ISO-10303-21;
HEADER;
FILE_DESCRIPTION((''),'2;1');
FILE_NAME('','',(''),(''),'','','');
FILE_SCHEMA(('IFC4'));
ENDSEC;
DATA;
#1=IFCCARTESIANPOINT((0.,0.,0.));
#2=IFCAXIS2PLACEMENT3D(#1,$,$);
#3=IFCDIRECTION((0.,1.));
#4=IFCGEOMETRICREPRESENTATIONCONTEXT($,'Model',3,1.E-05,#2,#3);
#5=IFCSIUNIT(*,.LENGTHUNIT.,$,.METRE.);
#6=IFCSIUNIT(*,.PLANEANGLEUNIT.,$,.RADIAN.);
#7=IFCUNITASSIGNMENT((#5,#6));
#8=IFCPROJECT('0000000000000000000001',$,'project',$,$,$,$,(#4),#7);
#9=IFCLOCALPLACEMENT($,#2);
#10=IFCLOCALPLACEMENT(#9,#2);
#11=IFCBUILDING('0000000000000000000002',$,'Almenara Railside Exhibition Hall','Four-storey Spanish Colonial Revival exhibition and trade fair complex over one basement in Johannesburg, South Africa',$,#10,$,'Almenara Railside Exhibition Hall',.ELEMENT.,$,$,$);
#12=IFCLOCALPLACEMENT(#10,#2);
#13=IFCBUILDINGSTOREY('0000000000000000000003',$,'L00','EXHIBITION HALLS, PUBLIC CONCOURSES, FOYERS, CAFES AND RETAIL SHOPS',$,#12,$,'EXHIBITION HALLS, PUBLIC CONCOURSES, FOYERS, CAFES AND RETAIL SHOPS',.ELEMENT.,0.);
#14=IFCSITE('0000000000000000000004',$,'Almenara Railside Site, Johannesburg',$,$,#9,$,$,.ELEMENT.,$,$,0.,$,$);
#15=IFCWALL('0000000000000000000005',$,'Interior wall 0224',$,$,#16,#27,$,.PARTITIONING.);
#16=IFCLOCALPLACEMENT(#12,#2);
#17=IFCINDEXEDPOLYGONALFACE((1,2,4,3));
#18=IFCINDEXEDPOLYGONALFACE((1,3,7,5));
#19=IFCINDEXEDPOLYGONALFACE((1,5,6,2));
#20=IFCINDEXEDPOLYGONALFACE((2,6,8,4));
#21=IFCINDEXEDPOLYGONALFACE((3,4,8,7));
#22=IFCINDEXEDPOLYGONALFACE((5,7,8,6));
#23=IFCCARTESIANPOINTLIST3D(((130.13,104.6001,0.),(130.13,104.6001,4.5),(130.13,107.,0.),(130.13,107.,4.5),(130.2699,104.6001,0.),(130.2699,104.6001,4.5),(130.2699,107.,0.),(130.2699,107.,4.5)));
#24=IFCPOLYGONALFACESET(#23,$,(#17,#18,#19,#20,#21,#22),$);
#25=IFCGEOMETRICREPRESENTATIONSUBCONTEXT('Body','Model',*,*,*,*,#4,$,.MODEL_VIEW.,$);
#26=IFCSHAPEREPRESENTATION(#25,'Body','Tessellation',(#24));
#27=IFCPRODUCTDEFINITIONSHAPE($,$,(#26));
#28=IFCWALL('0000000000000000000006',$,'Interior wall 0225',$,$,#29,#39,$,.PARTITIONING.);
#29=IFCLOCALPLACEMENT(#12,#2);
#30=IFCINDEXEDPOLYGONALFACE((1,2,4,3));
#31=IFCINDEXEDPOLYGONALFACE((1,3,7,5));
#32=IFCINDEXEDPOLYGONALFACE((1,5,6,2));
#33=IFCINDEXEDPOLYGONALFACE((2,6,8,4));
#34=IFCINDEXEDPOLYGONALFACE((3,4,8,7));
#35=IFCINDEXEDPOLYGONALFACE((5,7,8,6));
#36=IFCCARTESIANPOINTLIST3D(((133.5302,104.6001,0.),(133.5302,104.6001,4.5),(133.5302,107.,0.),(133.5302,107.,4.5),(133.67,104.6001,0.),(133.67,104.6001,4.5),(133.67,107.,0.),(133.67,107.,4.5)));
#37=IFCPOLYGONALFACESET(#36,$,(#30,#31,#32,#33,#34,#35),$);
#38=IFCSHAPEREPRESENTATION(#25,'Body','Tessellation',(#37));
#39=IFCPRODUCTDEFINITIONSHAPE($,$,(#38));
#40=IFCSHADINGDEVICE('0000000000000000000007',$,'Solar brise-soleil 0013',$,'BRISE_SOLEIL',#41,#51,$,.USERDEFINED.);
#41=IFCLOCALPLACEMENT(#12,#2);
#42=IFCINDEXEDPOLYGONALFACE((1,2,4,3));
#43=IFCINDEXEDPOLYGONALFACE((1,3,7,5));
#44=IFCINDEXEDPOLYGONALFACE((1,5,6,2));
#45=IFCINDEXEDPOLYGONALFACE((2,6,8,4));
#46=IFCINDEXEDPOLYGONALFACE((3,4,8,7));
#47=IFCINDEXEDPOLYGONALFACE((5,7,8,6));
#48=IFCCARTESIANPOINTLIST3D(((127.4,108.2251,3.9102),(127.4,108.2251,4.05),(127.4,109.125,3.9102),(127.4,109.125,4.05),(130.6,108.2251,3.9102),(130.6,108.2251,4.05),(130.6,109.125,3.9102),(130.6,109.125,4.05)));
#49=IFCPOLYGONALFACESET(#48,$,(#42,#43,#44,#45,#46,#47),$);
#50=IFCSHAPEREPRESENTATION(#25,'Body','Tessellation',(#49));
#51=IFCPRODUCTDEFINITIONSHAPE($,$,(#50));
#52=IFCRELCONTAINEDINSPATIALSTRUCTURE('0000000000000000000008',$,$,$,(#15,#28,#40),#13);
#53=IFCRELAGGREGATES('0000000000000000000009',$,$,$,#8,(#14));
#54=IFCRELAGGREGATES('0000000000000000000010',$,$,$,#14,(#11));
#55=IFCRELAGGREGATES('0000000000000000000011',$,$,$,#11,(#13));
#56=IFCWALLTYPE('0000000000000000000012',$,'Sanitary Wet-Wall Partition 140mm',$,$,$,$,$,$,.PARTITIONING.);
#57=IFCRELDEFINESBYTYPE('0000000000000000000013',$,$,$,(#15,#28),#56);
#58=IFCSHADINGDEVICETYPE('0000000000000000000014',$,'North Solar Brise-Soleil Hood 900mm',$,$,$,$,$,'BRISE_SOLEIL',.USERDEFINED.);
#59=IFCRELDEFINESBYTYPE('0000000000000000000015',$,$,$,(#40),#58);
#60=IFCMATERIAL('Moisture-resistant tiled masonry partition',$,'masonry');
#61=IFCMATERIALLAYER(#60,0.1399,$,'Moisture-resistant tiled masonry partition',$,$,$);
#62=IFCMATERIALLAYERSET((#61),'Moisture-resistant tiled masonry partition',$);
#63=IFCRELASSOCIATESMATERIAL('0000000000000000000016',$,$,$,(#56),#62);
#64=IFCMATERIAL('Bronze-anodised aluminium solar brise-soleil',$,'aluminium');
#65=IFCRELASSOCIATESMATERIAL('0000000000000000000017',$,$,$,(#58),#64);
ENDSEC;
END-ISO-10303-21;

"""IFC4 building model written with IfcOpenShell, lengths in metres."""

from ifc_helpers import new_model, si_unit, direction, frame, frame_2d, origin, origin_2d, place, context, subcontext, project, spatial, rectangle, extrude, material, layer, layer_set, type_object, element, save


model = new_model("IFC4")

# Units and contexts
model_context = context("Model", 3, precision=1e-05, world=origin(), true_north=direction((0.0, 1.0)))
body_context = subcontext(model_context, "Body", "Model", "MODEL_VIEW")
ifc_project = project(units=[si_unit("LENGTHUNIT", "METRE"), si_unit("PLANEANGLEUNIT", "RADIAN")], contexts=[model_context])

# Site, building, storey
site_placement = place(None, origin())
site = spatial("IfcSite", under=ifc_project, at=site_placement, Name="Almenara Railside Site, Johannesburg", CompositionType="ELEMENT", RefElevation=0.0)
building_placement = place(site_placement, origin())
building = spatial("IfcBuilding", under=site, at=building_placement, Name="Almenara Railside Exhibition Hall", Description="Four-storey Spanish Colonial Revival exhibition and trade fair complex over one basement in Johannesburg, South Africa", LongName="Almenara Railside Exhibition Hall", CompositionType="ELEMENT")
storey_placement = place(building_placement, origin())
storey = spatial("IfcBuildingStorey", under=building, at=storey_placement, Name="L00", Description="EXHIBITION HALLS, PUBLIC CONCOURSES, FOYERS, CAFES AND RETAIL SHOPS", LongName="EXHIBITION HALLS, PUBLIC CONCOURSES, FOYERS, CAFES AND RETAIL SHOPS", CompositionType="ELEMENT", Elevation=0.0)

# Walls
ifc_material_1 = material(Name="Moisture-resistant tiled masonry partition", Category="masonry")
ifc_layer_1 = layer(ifc_material_1, 0.1399, Name="Moisture-resistant tiled masonry partition")
ifc_layer_set_1 = layer_set([ifc_layer_1], Name="Moisture-resistant tiled masonry partition")
wall_type_1 = type_object("IfcWallType", Name="Sanitary Wet-Wall Partition 140mm", PredefinedType="PARTITIONING", material=ifc_layer_set_1)
for number, where, z_axis, x_axis, name in (
    (1, (130.2, 104.6001, 0.0), (0.0, 0.0, 1.0), (0.0, 1.0, 0.0), "Interior wall 0224"),
    (2, (133.6001, 104.6001, 0.0), (0.0, 0.0, 1.0), (0.0, 1.0, 0.0), "Interior wall 0225"),
):
    element("IfcWall", number, at=place(storey_placement, frame(where, z_axis=z_axis, x_axis=x_axis)), inside=storey, type_object=wall_type_1, Name=name, PredefinedType="PARTITIONING", context=body_context, shape_type="SweptSolid", body=[
        extrude(rectangle(XDim=2.3999, YDim=0.1399, at=frame_2d((1.2, 0.0))), origin(), (0.0, 0.0, 1.0), 4.5),
    ])

# Shading device
ifc_material_2 = material(Name="Bronze-anodised aluminium solar brise-soleil", Category="aluminium")
shading_device_type = type_object("IfcShadingDeviceType", Name="North Solar Brise-Soleil Hood 900mm", ElementType="BRISE_SOLEIL", PredefinedType="USERDEFINED", material=ifc_material_2)
shading_device_placement = place(storey_placement, frame((129.0, 108.675, 3.9102), z_axis=(0.0, 0.0, 1.0), x_axis=(-1.0, 0.0, 0.0)))
element("IfcShadingDevice", 3, at=shading_device_placement, inside=storey, type_object=shading_device_type, Name="Solar brise-soleil 0013", ObjectType="BRISE_SOLEIL", PredefinedType="USERDEFINED", context=body_context, shape_type="SweptSolid", body=[
    extrude(rectangle(XDim=3.2, YDim=0.8999, at=origin_2d()), origin(), (0.0, 0.0, 1.0), 0.1399),
])

save(model, "model.ifc")
